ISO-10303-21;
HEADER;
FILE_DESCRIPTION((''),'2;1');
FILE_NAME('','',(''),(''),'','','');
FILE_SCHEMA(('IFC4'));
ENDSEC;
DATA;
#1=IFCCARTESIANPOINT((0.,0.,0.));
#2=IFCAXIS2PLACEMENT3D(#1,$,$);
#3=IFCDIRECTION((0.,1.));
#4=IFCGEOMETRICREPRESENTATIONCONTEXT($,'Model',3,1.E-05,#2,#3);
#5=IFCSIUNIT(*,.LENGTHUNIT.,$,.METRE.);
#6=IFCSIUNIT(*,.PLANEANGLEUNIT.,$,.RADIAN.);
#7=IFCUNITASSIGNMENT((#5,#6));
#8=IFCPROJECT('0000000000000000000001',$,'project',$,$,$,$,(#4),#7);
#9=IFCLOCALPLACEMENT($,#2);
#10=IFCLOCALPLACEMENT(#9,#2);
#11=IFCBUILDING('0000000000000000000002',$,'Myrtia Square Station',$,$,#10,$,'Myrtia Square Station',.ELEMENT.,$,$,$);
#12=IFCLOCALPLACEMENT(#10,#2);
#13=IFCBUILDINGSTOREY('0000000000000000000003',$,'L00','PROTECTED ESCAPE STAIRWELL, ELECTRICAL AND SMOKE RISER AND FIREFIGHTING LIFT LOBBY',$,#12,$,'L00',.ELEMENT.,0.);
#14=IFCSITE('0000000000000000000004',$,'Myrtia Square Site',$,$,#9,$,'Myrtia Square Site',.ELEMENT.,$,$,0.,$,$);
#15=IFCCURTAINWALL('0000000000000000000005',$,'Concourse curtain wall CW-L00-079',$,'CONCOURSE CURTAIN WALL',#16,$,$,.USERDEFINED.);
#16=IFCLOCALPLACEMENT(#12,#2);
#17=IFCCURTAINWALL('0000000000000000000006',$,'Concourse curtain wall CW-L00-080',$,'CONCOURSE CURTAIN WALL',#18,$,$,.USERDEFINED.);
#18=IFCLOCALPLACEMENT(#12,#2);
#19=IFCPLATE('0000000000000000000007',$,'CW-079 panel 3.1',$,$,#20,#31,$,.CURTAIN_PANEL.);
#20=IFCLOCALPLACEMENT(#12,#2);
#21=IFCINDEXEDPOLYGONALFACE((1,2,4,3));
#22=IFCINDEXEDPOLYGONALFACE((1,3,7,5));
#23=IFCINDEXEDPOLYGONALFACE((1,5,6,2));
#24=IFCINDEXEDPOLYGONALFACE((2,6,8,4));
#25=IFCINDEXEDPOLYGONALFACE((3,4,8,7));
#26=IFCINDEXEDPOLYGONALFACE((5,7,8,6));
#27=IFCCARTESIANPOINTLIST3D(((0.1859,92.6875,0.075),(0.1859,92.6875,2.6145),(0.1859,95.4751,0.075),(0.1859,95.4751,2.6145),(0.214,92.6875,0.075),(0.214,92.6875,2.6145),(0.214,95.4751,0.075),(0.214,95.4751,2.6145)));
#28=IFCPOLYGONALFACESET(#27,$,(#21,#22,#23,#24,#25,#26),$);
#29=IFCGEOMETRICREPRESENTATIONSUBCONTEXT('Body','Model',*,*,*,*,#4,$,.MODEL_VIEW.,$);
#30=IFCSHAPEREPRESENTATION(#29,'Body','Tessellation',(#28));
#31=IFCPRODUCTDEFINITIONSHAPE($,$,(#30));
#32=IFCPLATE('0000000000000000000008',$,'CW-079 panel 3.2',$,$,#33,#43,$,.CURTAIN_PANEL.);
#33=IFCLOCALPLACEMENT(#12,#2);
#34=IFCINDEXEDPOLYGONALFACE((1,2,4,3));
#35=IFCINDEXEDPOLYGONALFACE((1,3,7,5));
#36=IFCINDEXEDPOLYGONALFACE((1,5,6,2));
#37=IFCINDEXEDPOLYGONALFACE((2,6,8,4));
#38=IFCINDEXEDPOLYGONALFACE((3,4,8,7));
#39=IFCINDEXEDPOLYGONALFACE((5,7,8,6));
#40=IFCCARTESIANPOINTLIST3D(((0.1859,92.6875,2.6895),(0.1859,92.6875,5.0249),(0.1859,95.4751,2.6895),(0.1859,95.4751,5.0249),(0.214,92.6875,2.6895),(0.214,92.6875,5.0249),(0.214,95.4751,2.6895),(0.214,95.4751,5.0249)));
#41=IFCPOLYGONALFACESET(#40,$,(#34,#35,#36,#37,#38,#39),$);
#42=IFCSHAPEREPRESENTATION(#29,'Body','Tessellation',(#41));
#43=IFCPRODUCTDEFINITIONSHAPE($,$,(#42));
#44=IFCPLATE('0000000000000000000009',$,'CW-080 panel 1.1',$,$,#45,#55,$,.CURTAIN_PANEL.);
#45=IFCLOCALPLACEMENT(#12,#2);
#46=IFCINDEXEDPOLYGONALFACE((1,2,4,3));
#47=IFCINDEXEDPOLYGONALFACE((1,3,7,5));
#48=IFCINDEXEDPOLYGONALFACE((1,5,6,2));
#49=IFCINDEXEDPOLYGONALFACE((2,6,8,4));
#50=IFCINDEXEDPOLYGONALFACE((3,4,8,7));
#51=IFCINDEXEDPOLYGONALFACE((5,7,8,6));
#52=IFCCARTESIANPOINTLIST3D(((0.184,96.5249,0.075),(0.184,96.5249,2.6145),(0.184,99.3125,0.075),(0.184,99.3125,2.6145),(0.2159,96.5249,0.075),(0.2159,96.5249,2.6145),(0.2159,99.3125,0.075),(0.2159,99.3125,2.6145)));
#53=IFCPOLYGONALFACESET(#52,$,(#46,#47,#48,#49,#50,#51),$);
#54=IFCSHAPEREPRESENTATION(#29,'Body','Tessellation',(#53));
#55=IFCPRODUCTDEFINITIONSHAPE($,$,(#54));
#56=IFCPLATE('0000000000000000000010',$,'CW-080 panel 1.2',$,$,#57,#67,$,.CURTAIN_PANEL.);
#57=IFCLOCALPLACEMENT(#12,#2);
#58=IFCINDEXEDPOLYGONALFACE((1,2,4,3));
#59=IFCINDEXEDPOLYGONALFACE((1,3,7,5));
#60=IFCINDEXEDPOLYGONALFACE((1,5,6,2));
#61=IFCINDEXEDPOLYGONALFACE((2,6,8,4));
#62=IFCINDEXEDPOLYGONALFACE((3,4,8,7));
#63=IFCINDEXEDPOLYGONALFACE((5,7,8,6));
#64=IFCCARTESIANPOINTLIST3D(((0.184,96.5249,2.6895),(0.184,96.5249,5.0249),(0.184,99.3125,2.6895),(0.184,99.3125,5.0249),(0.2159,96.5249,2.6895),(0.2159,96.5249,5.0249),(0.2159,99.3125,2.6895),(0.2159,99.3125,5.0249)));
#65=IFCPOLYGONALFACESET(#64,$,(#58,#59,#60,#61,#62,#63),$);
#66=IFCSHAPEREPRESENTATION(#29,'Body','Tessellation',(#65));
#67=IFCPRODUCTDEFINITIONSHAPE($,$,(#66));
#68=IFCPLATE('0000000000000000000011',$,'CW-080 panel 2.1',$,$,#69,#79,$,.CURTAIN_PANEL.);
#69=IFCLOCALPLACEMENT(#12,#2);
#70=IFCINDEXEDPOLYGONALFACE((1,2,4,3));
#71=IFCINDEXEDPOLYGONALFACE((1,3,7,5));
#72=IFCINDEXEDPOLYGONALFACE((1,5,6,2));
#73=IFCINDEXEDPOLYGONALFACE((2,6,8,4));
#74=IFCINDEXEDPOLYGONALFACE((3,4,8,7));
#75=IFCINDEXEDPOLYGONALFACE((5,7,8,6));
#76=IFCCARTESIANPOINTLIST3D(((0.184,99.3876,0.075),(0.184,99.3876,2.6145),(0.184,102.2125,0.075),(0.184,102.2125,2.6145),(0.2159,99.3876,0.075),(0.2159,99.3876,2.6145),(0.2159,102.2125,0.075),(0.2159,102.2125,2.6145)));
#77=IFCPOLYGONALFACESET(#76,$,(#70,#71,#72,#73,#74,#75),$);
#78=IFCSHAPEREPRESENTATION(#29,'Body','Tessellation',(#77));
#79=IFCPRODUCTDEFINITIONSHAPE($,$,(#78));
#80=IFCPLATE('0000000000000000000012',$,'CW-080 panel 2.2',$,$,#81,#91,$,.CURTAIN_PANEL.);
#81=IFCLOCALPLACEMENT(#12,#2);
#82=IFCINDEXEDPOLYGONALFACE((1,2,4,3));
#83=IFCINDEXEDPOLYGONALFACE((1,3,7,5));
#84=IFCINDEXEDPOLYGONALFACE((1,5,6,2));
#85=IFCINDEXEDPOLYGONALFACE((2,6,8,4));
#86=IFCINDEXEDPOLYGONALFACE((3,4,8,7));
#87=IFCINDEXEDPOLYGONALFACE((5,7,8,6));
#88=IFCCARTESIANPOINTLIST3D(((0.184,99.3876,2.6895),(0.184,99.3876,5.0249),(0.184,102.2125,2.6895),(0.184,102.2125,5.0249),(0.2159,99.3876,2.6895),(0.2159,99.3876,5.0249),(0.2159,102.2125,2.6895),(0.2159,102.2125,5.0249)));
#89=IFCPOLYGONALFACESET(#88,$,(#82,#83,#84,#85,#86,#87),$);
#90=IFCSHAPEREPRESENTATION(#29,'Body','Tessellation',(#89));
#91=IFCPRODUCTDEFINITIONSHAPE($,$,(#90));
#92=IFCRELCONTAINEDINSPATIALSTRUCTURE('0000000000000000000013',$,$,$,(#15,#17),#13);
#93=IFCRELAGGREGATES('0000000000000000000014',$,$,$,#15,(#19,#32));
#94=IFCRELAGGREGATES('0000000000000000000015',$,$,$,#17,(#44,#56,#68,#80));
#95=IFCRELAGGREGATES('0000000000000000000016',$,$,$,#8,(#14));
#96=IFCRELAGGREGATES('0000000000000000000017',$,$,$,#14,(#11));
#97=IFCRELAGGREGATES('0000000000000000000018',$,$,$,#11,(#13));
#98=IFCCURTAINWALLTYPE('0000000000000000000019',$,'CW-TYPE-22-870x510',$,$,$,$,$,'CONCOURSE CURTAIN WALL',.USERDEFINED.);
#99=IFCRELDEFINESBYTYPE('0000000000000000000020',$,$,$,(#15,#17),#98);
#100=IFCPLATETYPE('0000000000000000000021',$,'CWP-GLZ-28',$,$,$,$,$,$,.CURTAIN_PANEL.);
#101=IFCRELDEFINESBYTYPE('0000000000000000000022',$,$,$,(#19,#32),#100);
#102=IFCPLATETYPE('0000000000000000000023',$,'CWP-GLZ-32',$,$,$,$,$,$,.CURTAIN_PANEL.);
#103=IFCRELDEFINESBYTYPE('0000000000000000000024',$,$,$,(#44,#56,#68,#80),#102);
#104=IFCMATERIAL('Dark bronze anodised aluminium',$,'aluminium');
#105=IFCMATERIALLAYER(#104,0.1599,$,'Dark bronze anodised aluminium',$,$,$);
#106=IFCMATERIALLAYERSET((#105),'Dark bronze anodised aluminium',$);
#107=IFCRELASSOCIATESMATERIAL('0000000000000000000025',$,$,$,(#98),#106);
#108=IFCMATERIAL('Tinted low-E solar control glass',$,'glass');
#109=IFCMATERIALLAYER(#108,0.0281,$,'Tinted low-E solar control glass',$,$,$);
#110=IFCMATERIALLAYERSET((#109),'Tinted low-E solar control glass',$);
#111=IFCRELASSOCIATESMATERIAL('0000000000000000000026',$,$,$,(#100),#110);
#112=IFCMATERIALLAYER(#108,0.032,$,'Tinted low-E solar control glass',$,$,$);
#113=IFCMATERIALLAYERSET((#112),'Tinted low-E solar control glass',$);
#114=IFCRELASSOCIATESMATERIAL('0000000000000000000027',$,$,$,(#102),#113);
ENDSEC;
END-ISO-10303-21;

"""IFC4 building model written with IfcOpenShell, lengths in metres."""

from ifc_helpers import new_model, si_unit, direction, frame, origin, origin_2d, place, context, subcontext, project, spatial, rectangle, extrude, material, layer, layer_set, type_object, element, aggregate, save


model = new_model("IFC4")

# Units and contexts
model_context = context("Model", 3, precision=1e-05, world=origin(), true_north=direction((0.0, 1.0)))
body_context = subcontext(model_context, "Body", "Model", "MODEL_VIEW")
ifc_project = project(units=[si_unit("LENGTHUNIT", "METRE"), si_unit("PLANEANGLEUNIT", "RADIAN")], contexts=[model_context])

# Site, building, storey
site_placement = place(None, origin())
site = spatial("IfcSite", under=ifc_project, at=site_placement, Name="Myrtia Square Site", LongName="Myrtia Square Site", CompositionType="ELEMENT", RefElevation=0.0)
building_placement = place(site_placement, origin())
building = spatial("IfcBuilding", under=site, at=building_placement, Name="Myrtia Square Station", LongName="Myrtia Square Station", CompositionType="ELEMENT")
storey_placement = place(building_placement, origin())
storey = spatial("IfcBuildingStorey", under=building, at=storey_placement, Name="L00", Description="PROTECTED ESCAPE STAIRWELL, ELECTRICAL AND SMOKE RISER AND FIREFIGHTING LIFT LOBBY", LongName="L00", CompositionType="ELEMENT", Elevation=0.0)

# Curtain walls
ifc_material_1 = material(Name="Dark bronze anodised aluminium", Category="aluminium")
ifc_layer_1 = layer(ifc_material_1, 0.1599, Name="Dark bronze anodised aluminium")
ifc_layer_set_1 = layer_set([ifc_layer_1], Name="Dark bronze anodised aluminium")
curtain_wall_type = type_object("IfcCurtainWallType", Name="CW-TYPE-22-870x510", ElementType="CONCOURSE CURTAIN WALL", PredefinedType="USERDEFINED", material=ifc_layer_set_1)
curtain_wall_1_placement = place(storey_placement, origin())
curtain_wall_1 = element("IfcCurtainWall", 1, at=curtain_wall_1_placement, inside=storey, type_object=curtain_wall_type, Name="Concourse curtain wall CW-L00-079", ObjectType="CONCOURSE CURTAIN WALL", PredefinedType="USERDEFINED")
curtain_wall_2_placement = place(storey_placement, origin())
curtain_wall_2 = element("IfcCurtainWall", 2, at=curtain_wall_2_placement, inside=storey, type_object=curtain_wall_type, Name="Concourse curtain wall CW-L00-080", ObjectType="CONCOURSE CURTAIN WALL", PredefinedType="USERDEFINED")

# Plates
ifc_material_2 = material(Name="Tinted low-E solar control glass", Category="glass")
ifc_layer_2 = layer(ifc_material_2, 0.0281, Name="Tinted low-E solar control glass")
ifc_layer_set_2 = layer_set([ifc_layer_2], Name="Tinted low-E solar control glass")
plate_type_1 = type_object("IfcPlateType", Name="CWP-GLZ-28", PredefinedType="CURTAIN_PANEL", material=ifc_layer_set_2)
plate_1_placement = place(storey_placement, frame((0.2, 94.0813, 0.075), z_axis=(0.0, 0.0, 1.0), x_axis=(0.0, 1.0, 0.0)))
plate_1 = element("IfcPlate", 3, at=plate_1_placement, type_object=plate_type_1, Name="CW-079 panel 3.1", PredefinedType="CURTAIN_PANEL", context=body_context, shape_type="SweptSolid", body=[
    extrude(rectangle(XDim=2.7876, YDim=0.0281, at=origin_2d()), origin(), (0.0, 0.0, 1.0), 2.5396),
])
plate_2_placement = place(storey_placement, frame((0.2, 94.0813, 2.6895), z_axis=(0.0, 0.0, 1.0), x_axis=(0.0, 1.0, 0.0)))
plate_2 = element("IfcPlate", 4, at=plate_2_placement, type_object=plate_type_1, Name="CW-079 panel 3.2", PredefinedType="CURTAIN_PANEL", context=body_context, shape_type="SweptSolid", body=[
    extrude(rectangle(XDim=2.7876, YDim=0.0281, at=origin_2d()), origin(), (0.0, 0.0, 1.0), 2.3354),
])
aggregate(curtain_wall_1, [plate_1, plate_2])
ifc_layer_3 = layer(ifc_material_2, 0.032, Name="Tinted low-E solar control glass")
ifc_layer_set_3 = layer_set([ifc_layer_3], Name="Tinted low-E solar control glass")
plate_type_2 = type_object("IfcPlateType", Name="CWP-GLZ-32", PredefinedType="CURTAIN_PANEL", material=ifc_layer_set_3)
plate_3_placement = place(storey_placement, frame((0.2, 97.9187, 0.075), z_axis=(0.0, 0.0, 1.0), x_axis=(0.0, 1.0, 0.0)))
plate_3 = element("IfcPlate", 5, at=plate_3_placement, type_object=plate_type_2, Name="CW-080 panel 1.1", PredefinedType="CURTAIN_PANEL", context=body_context, shape_type="SweptSolid", body=[
    extrude(rectangle(XDim=2.7876, YDim=0.032, at=origin_2d()), origin(), (0.0, 0.0, 1.0), 2.5396),
])
plate_4_placement = place(storey_placement, frame((0.2, 97.9187, 2.6895), z_axis=(0.0, 0.0, 1.0), x_axis=(0.0, 1.0, 0.0)))
plate_4 = element("IfcPlate", 6, at=plate_4_placement, type_object=plate_type_2, Name="CW-080 panel 1.2", PredefinedType="CURTAIN_PANEL", context=body_context, shape_type="SweptSolid", body=[
    extrude(rectangle(XDim=2.7876, YDim=0.032, at=origin_2d()), origin(), (0.0, 0.0, 1.0), 2.3354),
])
plate_5_placement = place(storey_placement, frame((0.2, 100.8, 0.075), z_axis=(0.0, 0.0, 1.0), x_axis=(0.0, 1.0, 0.0)))
plate_5 = element("IfcPlate", 7, at=plate_5_placement, type_object=plate_type_2, Name="CW-080 panel 2.1", PredefinedType="CURTAIN_PANEL", context=body_context, shape_type="SweptSolid", body=[
    extrude(rectangle(XDim=2.825, YDim=0.032, at=origin_2d()), origin(), (0.0, 0.0, 1.0), 2.5396),
])
plate_6_placement = place(storey_placement, frame((0.2, 100.8, 2.6895), z_axis=(0.0, 0.0, 1.0), x_axis=(0.0, 1.0, 0.0)))
plate_6 = element("IfcPlate", 8, at=plate_6_placement, type_object=plate_type_2, Name="CW-080 panel 2.2", PredefinedType="CURTAIN_PANEL", context=body_context, shape_type="SweptSolid", body=[
    extrude(rectangle(XDim=2.825, YDim=0.032, at=origin_2d()), origin(), (0.0, 0.0, 1.0), 2.3354),
])
aggregate(curtain_wall_2, [plate_3, plate_4, plate_5, plate_6])

save(model, "model.ifc")
